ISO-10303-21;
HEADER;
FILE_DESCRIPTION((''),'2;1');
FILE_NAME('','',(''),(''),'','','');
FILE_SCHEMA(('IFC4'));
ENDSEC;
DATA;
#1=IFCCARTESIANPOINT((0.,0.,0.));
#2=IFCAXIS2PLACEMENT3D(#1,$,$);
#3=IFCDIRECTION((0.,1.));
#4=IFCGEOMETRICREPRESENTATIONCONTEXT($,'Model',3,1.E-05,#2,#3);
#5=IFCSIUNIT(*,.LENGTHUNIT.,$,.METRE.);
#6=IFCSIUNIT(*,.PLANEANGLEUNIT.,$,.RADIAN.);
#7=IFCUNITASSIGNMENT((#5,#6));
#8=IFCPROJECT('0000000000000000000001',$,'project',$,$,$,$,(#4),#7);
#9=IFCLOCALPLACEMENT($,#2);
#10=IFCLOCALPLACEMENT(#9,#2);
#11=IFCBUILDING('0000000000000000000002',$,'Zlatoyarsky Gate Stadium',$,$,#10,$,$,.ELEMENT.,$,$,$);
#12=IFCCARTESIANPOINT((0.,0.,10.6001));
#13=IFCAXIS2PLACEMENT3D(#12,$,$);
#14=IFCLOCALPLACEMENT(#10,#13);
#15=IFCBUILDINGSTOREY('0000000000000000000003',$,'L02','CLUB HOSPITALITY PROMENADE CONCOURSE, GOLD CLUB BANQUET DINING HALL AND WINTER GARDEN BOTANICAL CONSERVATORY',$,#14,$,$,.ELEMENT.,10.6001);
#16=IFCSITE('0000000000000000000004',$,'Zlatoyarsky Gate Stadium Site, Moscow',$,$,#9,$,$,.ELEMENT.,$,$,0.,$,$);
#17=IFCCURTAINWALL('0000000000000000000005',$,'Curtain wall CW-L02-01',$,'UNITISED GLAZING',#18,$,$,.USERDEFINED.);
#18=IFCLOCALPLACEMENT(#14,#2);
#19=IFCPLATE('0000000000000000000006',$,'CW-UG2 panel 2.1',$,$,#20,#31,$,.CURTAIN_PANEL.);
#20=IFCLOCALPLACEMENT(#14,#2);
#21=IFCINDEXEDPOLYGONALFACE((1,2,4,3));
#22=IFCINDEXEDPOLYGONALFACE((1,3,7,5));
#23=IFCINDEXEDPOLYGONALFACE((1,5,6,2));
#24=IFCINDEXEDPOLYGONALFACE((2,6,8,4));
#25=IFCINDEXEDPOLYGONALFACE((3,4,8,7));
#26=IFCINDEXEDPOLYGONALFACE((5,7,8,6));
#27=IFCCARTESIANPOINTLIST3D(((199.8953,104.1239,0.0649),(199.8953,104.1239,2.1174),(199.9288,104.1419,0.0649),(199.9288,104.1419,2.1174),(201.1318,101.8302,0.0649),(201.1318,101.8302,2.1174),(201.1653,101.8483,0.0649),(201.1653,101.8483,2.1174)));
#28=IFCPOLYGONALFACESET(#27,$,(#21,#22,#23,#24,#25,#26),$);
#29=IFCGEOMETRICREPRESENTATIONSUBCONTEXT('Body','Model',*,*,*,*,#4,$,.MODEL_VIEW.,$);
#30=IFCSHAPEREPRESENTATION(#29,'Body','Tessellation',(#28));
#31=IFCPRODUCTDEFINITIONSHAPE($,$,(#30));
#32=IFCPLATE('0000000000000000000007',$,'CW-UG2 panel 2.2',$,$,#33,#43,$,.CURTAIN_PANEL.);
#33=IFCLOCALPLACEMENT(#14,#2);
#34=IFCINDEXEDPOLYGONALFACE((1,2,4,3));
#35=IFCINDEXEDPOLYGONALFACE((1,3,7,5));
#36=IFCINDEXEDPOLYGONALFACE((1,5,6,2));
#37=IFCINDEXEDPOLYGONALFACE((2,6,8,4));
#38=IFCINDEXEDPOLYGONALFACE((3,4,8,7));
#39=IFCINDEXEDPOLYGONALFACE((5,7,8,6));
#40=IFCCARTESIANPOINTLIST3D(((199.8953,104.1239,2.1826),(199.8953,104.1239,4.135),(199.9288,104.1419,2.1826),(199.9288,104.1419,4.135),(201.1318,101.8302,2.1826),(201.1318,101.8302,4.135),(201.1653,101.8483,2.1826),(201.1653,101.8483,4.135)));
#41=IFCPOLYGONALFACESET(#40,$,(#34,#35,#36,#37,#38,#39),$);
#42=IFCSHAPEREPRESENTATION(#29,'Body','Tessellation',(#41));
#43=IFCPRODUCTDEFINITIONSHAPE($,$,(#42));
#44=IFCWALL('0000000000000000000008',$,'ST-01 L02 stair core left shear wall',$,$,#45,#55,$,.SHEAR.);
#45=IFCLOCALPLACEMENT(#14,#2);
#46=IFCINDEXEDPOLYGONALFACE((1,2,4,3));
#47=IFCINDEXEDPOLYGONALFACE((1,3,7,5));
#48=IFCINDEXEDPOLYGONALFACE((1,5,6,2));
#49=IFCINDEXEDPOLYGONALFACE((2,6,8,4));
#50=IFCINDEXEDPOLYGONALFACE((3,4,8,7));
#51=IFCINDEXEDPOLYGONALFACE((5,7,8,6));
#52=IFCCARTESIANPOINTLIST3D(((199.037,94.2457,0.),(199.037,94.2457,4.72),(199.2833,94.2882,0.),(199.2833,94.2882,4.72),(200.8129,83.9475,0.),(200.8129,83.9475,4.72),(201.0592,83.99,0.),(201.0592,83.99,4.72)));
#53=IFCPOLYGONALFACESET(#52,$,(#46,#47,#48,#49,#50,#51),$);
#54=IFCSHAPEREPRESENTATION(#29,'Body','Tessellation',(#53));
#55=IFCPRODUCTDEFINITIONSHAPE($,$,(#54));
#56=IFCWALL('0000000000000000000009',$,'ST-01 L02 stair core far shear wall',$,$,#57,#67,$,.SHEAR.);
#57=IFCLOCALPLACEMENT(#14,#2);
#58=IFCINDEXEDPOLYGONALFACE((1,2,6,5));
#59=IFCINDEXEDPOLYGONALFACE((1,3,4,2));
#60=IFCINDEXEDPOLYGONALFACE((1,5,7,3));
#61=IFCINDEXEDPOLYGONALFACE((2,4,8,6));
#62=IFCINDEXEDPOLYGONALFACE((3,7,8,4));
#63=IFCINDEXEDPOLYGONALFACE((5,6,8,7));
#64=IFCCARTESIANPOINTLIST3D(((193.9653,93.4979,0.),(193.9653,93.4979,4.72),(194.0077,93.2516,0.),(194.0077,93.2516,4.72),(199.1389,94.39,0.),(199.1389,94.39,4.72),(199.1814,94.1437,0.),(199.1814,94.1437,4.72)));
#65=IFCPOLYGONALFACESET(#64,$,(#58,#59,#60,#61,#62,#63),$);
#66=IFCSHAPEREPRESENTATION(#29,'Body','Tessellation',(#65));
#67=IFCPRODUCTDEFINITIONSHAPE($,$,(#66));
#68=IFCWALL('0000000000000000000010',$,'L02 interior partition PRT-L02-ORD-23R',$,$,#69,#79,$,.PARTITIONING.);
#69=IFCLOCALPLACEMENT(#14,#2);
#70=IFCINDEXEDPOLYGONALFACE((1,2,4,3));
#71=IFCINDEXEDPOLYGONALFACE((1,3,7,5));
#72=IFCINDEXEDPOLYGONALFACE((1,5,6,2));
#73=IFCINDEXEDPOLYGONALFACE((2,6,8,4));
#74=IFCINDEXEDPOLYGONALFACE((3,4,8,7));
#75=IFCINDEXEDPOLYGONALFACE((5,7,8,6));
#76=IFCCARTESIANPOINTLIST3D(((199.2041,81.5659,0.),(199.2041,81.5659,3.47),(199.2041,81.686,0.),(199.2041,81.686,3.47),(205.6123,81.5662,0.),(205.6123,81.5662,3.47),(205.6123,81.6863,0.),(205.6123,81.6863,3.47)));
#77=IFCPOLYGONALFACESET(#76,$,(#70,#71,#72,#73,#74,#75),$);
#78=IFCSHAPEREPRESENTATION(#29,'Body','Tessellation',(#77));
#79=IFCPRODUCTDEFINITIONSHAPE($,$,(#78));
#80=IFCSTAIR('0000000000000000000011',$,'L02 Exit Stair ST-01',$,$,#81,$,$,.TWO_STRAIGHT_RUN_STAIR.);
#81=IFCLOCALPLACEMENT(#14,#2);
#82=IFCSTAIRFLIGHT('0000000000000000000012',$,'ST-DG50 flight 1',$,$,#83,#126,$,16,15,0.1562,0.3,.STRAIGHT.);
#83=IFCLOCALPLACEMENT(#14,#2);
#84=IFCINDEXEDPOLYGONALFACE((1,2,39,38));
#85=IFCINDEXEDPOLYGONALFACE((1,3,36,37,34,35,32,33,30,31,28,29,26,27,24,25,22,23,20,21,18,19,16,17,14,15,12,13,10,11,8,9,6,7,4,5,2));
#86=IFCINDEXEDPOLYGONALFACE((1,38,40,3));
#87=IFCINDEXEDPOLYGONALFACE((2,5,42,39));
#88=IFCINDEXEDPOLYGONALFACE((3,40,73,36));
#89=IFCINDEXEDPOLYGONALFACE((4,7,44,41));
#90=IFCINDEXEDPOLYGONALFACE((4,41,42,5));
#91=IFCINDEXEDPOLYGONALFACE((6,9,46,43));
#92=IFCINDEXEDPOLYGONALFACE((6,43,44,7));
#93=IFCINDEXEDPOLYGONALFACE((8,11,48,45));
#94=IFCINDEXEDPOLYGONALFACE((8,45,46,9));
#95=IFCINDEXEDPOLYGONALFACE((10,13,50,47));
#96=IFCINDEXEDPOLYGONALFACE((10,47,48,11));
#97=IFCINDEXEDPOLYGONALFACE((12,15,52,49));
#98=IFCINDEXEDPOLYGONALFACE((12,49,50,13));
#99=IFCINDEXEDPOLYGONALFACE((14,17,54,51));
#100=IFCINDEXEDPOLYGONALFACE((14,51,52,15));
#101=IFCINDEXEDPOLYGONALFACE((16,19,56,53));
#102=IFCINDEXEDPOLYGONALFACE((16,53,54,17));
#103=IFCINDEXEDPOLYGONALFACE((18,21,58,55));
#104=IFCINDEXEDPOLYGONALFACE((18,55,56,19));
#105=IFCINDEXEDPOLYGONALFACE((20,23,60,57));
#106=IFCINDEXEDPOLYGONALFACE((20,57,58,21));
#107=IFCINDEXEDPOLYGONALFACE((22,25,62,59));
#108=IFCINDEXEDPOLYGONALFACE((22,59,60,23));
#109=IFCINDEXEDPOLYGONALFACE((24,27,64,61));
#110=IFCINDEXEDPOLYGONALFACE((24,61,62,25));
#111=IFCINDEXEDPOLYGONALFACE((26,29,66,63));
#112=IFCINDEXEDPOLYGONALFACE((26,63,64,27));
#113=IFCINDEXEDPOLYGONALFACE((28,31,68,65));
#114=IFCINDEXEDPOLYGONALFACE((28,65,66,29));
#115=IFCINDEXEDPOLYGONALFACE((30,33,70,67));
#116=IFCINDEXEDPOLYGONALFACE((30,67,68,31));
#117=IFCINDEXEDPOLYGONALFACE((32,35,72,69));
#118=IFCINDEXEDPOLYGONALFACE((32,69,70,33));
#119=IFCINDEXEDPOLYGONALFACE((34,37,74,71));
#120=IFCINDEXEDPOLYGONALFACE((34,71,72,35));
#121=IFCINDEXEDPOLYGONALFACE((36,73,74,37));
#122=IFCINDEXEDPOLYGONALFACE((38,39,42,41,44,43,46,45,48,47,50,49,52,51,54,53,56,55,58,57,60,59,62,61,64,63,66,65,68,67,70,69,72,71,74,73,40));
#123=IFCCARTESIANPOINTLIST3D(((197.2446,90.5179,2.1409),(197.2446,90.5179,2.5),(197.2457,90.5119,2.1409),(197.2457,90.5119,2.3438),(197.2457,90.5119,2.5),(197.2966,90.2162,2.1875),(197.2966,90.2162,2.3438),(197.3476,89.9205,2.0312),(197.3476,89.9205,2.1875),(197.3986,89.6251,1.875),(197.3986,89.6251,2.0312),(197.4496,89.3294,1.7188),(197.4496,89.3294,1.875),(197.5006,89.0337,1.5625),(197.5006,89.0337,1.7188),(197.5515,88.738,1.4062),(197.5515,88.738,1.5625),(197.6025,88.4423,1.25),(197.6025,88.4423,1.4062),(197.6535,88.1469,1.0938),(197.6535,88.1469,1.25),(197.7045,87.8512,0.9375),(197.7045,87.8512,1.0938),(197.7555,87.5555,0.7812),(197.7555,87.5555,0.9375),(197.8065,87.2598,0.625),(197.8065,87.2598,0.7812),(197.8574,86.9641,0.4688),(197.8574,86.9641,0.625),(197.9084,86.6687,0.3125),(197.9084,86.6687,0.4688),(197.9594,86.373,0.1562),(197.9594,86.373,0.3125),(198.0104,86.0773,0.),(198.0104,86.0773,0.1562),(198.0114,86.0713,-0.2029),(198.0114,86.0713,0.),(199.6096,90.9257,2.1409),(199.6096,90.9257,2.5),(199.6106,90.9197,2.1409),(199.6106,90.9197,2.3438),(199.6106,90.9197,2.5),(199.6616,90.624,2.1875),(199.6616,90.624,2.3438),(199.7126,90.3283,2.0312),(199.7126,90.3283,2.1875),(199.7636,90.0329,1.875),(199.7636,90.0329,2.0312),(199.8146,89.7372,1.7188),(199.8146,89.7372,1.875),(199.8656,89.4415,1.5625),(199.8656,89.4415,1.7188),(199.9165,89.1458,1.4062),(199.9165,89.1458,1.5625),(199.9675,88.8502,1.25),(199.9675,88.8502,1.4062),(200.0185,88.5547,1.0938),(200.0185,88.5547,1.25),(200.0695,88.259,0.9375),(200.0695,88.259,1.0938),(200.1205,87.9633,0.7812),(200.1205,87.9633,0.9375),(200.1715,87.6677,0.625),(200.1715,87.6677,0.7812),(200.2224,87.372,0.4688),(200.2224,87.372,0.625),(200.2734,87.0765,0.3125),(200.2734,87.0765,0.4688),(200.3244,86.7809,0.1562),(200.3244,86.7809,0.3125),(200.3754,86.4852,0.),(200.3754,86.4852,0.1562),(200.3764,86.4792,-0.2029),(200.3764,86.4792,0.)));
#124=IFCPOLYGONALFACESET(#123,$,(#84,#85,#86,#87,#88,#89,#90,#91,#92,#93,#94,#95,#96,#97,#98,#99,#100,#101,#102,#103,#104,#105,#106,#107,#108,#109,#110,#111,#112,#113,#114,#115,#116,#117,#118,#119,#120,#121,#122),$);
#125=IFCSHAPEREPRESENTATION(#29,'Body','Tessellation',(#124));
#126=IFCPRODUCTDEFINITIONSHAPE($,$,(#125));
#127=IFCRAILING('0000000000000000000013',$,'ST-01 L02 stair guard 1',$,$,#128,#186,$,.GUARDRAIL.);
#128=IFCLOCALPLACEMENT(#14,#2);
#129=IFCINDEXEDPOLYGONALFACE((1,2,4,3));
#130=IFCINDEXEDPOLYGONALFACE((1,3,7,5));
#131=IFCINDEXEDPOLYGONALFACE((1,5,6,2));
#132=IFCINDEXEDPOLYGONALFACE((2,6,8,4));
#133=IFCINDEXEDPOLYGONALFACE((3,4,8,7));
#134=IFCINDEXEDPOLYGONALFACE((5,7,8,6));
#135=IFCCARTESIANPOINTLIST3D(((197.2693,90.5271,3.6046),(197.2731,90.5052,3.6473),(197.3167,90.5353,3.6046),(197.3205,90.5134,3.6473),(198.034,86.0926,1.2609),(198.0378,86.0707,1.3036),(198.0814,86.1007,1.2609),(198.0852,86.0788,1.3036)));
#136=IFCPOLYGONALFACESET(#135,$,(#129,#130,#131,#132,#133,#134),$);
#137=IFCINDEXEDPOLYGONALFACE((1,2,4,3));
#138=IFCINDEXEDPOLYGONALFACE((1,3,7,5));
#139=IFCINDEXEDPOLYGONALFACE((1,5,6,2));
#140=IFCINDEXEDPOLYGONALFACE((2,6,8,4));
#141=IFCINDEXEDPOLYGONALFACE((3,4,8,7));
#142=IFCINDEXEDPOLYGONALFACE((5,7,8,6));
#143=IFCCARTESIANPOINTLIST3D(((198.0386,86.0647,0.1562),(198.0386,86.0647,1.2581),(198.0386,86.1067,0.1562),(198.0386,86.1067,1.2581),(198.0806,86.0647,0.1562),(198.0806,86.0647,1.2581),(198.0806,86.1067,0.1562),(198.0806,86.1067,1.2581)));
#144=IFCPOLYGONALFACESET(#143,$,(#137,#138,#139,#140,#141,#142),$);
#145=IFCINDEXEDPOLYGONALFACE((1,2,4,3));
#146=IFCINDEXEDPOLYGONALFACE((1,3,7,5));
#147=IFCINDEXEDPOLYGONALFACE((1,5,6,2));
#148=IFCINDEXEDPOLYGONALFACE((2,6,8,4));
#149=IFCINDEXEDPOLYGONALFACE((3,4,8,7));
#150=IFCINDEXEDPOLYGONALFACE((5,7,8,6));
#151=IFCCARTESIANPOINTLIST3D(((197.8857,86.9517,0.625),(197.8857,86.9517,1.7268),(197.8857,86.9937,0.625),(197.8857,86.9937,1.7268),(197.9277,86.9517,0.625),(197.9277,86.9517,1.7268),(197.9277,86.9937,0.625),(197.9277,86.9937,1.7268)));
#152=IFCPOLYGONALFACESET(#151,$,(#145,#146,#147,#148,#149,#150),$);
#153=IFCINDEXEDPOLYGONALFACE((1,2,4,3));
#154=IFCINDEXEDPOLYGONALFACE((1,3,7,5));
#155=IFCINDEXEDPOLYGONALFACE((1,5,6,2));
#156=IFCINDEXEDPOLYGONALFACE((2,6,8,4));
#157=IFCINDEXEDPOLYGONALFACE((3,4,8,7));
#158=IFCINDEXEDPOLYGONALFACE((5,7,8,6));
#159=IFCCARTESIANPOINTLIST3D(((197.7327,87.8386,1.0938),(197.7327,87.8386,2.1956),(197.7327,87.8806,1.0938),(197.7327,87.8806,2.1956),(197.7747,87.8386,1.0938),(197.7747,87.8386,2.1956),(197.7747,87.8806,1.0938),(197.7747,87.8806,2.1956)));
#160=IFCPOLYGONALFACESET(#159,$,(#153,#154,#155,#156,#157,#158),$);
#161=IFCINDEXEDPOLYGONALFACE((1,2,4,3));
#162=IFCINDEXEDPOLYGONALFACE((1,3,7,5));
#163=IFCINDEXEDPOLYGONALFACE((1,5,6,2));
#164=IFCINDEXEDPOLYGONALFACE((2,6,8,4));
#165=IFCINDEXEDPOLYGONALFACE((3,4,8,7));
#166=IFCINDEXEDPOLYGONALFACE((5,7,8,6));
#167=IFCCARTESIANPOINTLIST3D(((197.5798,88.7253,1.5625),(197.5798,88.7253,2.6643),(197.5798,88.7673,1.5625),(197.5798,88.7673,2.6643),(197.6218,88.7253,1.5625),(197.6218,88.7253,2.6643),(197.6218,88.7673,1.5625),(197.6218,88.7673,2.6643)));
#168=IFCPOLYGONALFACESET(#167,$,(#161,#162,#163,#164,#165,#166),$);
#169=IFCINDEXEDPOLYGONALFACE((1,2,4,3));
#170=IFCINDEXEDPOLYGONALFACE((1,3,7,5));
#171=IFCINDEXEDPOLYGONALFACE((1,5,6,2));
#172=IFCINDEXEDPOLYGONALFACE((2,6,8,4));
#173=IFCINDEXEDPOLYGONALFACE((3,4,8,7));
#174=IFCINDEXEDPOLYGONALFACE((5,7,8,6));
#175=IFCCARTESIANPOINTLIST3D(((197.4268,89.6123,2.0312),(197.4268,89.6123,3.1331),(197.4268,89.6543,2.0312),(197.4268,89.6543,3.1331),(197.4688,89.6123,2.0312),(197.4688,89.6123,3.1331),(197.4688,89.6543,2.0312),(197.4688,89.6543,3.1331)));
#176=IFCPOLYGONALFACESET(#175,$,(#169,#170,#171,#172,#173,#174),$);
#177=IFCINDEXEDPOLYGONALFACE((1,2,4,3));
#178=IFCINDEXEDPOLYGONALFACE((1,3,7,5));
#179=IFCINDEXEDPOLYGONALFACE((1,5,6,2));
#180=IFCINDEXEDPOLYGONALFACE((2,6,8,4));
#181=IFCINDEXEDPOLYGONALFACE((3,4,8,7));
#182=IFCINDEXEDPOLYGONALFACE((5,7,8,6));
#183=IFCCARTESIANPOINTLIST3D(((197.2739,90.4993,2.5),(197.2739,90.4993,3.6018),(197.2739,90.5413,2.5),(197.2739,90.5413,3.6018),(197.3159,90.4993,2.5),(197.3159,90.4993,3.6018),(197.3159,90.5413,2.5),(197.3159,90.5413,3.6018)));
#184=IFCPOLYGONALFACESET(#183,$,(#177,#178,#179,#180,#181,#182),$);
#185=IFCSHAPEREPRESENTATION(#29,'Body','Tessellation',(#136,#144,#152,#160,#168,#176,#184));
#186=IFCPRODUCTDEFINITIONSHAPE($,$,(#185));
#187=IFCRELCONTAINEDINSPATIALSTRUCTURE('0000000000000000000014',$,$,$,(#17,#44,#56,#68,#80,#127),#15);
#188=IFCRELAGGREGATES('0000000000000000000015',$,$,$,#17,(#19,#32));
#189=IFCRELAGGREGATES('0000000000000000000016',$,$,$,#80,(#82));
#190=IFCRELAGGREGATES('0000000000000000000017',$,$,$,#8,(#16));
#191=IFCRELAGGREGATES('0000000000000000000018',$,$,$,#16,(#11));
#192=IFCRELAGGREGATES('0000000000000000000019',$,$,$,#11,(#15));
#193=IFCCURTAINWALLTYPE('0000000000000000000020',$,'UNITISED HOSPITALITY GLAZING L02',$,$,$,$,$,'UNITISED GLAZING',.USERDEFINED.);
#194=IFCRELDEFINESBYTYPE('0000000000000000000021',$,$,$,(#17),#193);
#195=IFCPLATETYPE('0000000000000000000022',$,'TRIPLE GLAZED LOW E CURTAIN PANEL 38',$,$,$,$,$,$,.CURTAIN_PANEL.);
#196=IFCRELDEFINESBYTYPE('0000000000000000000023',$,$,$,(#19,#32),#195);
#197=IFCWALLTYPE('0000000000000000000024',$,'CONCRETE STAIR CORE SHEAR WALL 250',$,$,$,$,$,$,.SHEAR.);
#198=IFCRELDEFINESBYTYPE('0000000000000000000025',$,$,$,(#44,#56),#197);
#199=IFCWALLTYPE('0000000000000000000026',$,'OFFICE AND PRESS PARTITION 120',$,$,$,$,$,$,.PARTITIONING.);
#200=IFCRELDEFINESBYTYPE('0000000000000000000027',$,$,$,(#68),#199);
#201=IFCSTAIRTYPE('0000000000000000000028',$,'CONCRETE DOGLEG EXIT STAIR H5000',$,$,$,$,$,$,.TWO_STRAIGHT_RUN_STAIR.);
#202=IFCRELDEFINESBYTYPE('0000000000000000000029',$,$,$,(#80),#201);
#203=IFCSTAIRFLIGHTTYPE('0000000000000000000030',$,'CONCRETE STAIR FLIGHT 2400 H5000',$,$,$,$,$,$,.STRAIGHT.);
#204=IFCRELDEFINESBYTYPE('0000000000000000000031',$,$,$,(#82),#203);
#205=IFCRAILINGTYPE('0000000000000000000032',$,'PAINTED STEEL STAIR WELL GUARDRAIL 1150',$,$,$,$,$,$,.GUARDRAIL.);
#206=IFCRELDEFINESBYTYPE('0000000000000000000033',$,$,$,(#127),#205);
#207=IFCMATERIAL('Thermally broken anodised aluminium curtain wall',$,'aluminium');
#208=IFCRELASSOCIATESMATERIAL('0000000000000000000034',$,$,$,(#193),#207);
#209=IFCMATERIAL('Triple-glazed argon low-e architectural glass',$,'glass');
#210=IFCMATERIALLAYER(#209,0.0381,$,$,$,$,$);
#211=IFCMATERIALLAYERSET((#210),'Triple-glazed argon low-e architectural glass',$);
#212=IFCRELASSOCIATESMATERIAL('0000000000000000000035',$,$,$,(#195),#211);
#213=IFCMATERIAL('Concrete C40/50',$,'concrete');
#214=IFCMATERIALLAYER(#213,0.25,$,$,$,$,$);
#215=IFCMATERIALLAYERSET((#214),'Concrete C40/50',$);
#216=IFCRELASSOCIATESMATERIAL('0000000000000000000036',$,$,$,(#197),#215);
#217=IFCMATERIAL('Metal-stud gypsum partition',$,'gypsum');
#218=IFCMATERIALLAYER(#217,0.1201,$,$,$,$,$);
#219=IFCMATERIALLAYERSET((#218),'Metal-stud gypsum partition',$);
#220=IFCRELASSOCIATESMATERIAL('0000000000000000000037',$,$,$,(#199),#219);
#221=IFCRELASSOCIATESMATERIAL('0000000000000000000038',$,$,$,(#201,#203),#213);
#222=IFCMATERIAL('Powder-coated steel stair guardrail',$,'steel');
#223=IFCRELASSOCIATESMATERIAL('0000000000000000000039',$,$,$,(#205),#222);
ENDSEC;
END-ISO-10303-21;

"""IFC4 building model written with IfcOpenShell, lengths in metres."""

from ifc_helpers import new_model, si_unit, direction, frame, frame_2d, origin, origin_2d, place, context, subcontext, project, spatial, polyline, rectangle, outline, extrude, material, layer, layer_set, type_object, element, aggregate, save


model = new_model("IFC4")

# Units and contexts
model_context = context("Model", 3, precision=1e-05, world=origin(), true_north=direction((0.0, 1.0)))
body_context = subcontext(model_context, "Body", "Model", "MODEL_VIEW")
ifc_project = project(units=[si_unit("LENGTHUNIT", "METRE"), si_unit("PLANEANGLEUNIT", "RADIAN")], contexts=[model_context])

# Site, building, storey
site_placement = place(None, origin())
site = spatial("IfcSite", under=ifc_project, at=site_placement, Name="Zlatoyarsky Gate Stadium Site, Moscow", CompositionType="ELEMENT", RefElevation=0.0)
building_placement = place(site_placement, origin())
building = spatial("IfcBuilding", under=site, at=building_placement, Name="Zlatoyarsky Gate Stadium", CompositionType="ELEMENT")
storey_placement = place(building_placement, frame((0.0, 0.0, 10.6001)))
storey = spatial("IfcBuildingStorey", under=building, at=storey_placement, Name="L02", Description="CLUB HOSPITALITY PROMENADE CONCOURSE, GOLD CLUB BANQUET DINING HALL AND WINTER GARDEN BOTANICAL CONSERVATORY", CompositionType="ELEMENT", Elevation=10.6001)

# Curtain wall
ifc_material_1 = material(Name="Thermally broken anodised aluminium curtain wall", Category="aluminium")
curtain_wall_type = type_object("IfcCurtainWallType", Name="UNITISED HOSPITALITY GLAZING L02", ElementType="UNITISED GLAZING", PredefinedType="USERDEFINED", material=ifc_material_1)
curtain_wall_placement = place(storey_placement, origin())
curtain_wall = element("IfcCurtainWall", 1, at=curtain_wall_placement, inside=storey, type_object=curtain_wall_type, Name="Curtain wall CW-L02-01", ObjectType="UNITISED GLAZING", PredefinedType="USERDEFINED")

# Plates
ifc_material_2 = material(Name="Triple-glazed argon low-e architectural glass", Category="glass")
ifc_layer_1 = layer(ifc_material_2, 0.0381)
ifc_layer_set_1 = layer_set([ifc_layer_1], Name="Triple-glazed argon low-e architectural glass")
plate_type_1 = type_object("IfcPlateType", Name="TRIPLE GLAZED LOW E CURTAIN PANEL 38", PredefinedType="CURTAIN_PANEL", material=ifc_layer_set_1)
plate_1_placement = place(storey_placement, frame((200.5303, 102.9861, 0.0649), z_axis=(0.0, 0.0, 1.0), x_axis=(-0.474536, 0.880236, 0.0)))
plate_1 = element("IfcPlate", 2, at=plate_1_placement, type_object=plate_type_1, Name="CW-UG2 panel 2.1", PredefinedType="CURTAIN_PANEL", context=body_context, shape_type="SweptSolid", body=[
    extrude(rectangle(XDim=2.6057, YDim=0.0381, at=origin_2d()), origin(), (0.0, 0.0, 1.0), 2.0525),
])
plate_2_placement = place(storey_placement, frame((200.5303, 102.9861, 2.1826), z_axis=(0.0, 0.0, 1.0), x_axis=(-0.474536, 0.880236, 0.0)))
plate_2 = element("IfcPlate", 3, at=plate_2_placement, type_object=plate_type_1, Name="CW-UG2 panel 2.2", PredefinedType="CURTAIN_PANEL", context=body_context, shape_type="SweptSolid", body=[
    extrude(rectangle(XDim=2.6057, YDim=0.0381, at=origin_2d()), origin(), (0.0, 0.0, 1.0), 1.9524),
])
aggregate(curtain_wall, [plate_1, plate_2])

# Walls
ifc_material_3 = material(Name="Concrete C40/50", Category="concrete")
ifc_layer_2 = layer(ifc_material_3, 0.25)
ifc_layer_set_2 = layer_set([ifc_layer_2], Name="Concrete C40/50")
wall_type_1 = type_object("IfcWallType", Name="CONCRETE STAIR CORE SHEAR WALL 250", PredefinedType="SHEAR", material=ifc_layer_set_2)
wall_1_placement = place(storey_placement, frame((200.936, 83.9688, 0.0), z_axis=(0.0, 0.0, 1.0), x_axis=(-0.169939, 0.985455, 0.0)))
element("IfcWall", 4, at=wall_1_placement, inside=storey, type_object=wall_type_1, Name="ST-01 L02 stair core left shear wall", PredefinedType="SHEAR", context=body_context, shape_type="SweptSolid", body=[
    extrude(rectangle(XDim=10.4502, YDim=0.25, at=frame_2d((5.2251, 0.0))), origin(), (0.0, 0.0, 1.0), 4.72),
])
wall_2_placement = place(storey_placement, frame((199.1602, 94.2668, 0.0), z_axis=(0.0, 0.0, 1.0), x_axis=(-0.985457, -0.169924, 0.0)))
element("IfcWall", 5, at=wall_2_placement, inside=storey, type_object=wall_type_1, Name="ST-01 L02 stair core far shear wall", PredefinedType="SHEAR", context=body_context, shape_type="SweptSolid", body=[
    extrude(rectangle(XDim=5.25, YDim=0.25, at=frame_2d((2.625, 0.0))), origin(), (0.0, 0.0, 1.0), 4.72),
])
ifc_material_4 = material(Name="Metal-stud gypsum partition", Category="gypsum")
ifc_layer_3 = layer(ifc_material_4, 0.1201)
ifc_layer_set_3 = layer_set([ifc_layer_3], Name="Metal-stud gypsum partition")
wall_type_2 = type_object("IfcWallType", Name="OFFICE AND PRESS PARTITION 120", PredefinedType="PARTITIONING", material=ifc_layer_set_3)
wall_3_placement = place(storey_placement, frame((199.2041, 81.626, 0.0), z_axis=(0.0, 0.0, 1.0), x_axis=(1.0, 0.000038, 0.0)))
element("IfcWall", 6, at=wall_3_placement, inside=storey, type_object=wall_type_2, Name="L02 interior partition PRT-L02-ORD-23R", PredefinedType="PARTITIONING", context=body_context, shape_type="SweptSolid", body=[
    extrude(rectangle(XDim=6.4082, YDim=0.1201, at=frame_2d((3.2041, 0.0))), origin(), (0.0, 0.0, 1.0), 3.47),
])

# Stair, stair flight
stair_type = type_object("IfcStairType", Name="CONCRETE DOGLEG EXIT STAIR H5000", PredefinedType="TWO_STRAIGHT_RUN_STAIR", material=ifc_material_3)
stair_placement = place(storey_placement, origin())
stair = element("IfcStair", 7, at=stair_placement, inside=storey, type_object=stair_type, Name="L02 Exit Stair ST-01", PredefinedType="TWO_STRAIGHT_RUN_STAIR")
stair_flight_type = type_object("IfcStairFlightType", Name="CONCRETE STAIR FLIGHT 2400 H5000", PredefinedType="STRAIGHT", material=ifc_material_3)
stair_flight_placement = place(storey_placement, frame((199.1929, 86.2812, 0.0), z_axis=(0.0, 0.0, 1.0), x_axis=(-0.169938, 0.985455, 0.0)))
stair_flight = element("IfcStairFlight", 8, at=stair_flight_placement, type_object=stair_flight_type, Name="ST-DG50 flight 1", NumberOfRisers=16, NumberOfTreads=15, PredefinedType="STRAIGHT", RiserHeight=0.1562, TreadLength=0.3, context=body_context, shape_type="SweptSolid", body=[
    extrude(outline(polyline([(-0.0061, -0.2029), (-0.0061, 0.0), (0.0, 0.0), (0.0, 0.1562), (0.3, 0.1562), (0.3, 0.3125), (0.6001, 0.3125), (0.6001, 0.4688), (0.8999, 0.4688), (0.8999, 0.625), (1.2, 0.625), (1.2, 0.7812), (1.5, 0.7812), (1.5, 0.9375), (1.8, 0.9375), (1.8, 1.0938), (2.1001, 1.0938), (2.1001, 1.25), (2.3999, 1.25), (2.3999, 1.4062), (2.7, 1.4062), (2.7, 1.5625), (3.0, 1.5625), (3.0, 1.7188), (3.3, 1.7188), (3.3, 1.875), (3.6001, 1.875), (3.6001, 2.0312), (3.8999, 2.0312), (3.8999, 2.1875), (4.2, 2.1875), (4.2, 2.3438), (4.5, 2.3438), (4.5, 2.5), (4.5061, 2.5), (4.5061, 2.1409), (4.5, 2.1409), (-0.0061, -0.2029)])), frame((0.0, 1.2, 0.0), z_axis=(0.0, -1.0, 0.0), x_axis=(1.0, 0.0, 0.0)), (0.0, 0.0, 1.0), 2.3999),
])
aggregate(stair, [stair_flight])

# Railing
ifc_material_5 = material(Name="Powder-coated steel stair guardrail", Category="steel")
railing_type_1 = type_object("IfcRailingType", Name="PAINTED STEEL STAIR WELL GUARDRAIL 1150", PredefinedType="GUARDRAIL", material=ifc_material_5)
railing_1_placement = place(storey_placement, frame((198.0596, 86.0857, 0.1562)))
element("IfcRailing", 9, at=railing_1_placement, inside=storey, type_object=railing_type_1, Name="ST-01 L02 stair guard 1", PredefinedType="GUARDRAIL", context=body_context, shape_type="SweptSolid", body=[
    extrude(rectangle(XDim=0.0481, YDim=0.0481, at=origin_2d()), frame((0.0, 0.0, 1.126), z_axis=(-0.150706, 0.874017, 0.461934), x_axis=(-0.985458, -0.169921, 0.0)), (0.0, 0.0, 1.0), 5.0737),
    extrude(rectangle(XDim=0.042, YDim=0.042, at=origin_2d()), origin(), (0.0, 0.0, 1.0), 1.1018),
    extrude(rectangle(XDim=0.042, YDim=0.042, at=origin_2d()), frame((-0.1528, 0.887, 0.4688)), (0.0, 0.0, 1.0), 1.1018),
    extrude(rectangle(XDim=0.042, YDim=0.042, at=origin_2d()), frame((-0.3059, 1.7739, 0.9375)), (0.0, 0.0, 1.0), 1.1018),
    extrude(rectangle(XDim=0.042, YDim=0.042, at=origin_2d()), frame((-0.4587, 2.6606, 1.4062)), (0.0, 0.0, 1.0), 1.1018),
    extrude(rectangle(XDim=0.042, YDim=0.042, at=origin_2d()), frame((-0.6118, 3.5476, 1.875)), (0.0, 0.0, 1.0), 1.1018),
    extrude(rectangle(XDim=0.042, YDim=0.042, at=origin_2d()), frame((-0.7646, 4.4346, 2.3438)), (0.0, 0.0, 1.0), 1.1018),
])

save(model, "model.ifc")
